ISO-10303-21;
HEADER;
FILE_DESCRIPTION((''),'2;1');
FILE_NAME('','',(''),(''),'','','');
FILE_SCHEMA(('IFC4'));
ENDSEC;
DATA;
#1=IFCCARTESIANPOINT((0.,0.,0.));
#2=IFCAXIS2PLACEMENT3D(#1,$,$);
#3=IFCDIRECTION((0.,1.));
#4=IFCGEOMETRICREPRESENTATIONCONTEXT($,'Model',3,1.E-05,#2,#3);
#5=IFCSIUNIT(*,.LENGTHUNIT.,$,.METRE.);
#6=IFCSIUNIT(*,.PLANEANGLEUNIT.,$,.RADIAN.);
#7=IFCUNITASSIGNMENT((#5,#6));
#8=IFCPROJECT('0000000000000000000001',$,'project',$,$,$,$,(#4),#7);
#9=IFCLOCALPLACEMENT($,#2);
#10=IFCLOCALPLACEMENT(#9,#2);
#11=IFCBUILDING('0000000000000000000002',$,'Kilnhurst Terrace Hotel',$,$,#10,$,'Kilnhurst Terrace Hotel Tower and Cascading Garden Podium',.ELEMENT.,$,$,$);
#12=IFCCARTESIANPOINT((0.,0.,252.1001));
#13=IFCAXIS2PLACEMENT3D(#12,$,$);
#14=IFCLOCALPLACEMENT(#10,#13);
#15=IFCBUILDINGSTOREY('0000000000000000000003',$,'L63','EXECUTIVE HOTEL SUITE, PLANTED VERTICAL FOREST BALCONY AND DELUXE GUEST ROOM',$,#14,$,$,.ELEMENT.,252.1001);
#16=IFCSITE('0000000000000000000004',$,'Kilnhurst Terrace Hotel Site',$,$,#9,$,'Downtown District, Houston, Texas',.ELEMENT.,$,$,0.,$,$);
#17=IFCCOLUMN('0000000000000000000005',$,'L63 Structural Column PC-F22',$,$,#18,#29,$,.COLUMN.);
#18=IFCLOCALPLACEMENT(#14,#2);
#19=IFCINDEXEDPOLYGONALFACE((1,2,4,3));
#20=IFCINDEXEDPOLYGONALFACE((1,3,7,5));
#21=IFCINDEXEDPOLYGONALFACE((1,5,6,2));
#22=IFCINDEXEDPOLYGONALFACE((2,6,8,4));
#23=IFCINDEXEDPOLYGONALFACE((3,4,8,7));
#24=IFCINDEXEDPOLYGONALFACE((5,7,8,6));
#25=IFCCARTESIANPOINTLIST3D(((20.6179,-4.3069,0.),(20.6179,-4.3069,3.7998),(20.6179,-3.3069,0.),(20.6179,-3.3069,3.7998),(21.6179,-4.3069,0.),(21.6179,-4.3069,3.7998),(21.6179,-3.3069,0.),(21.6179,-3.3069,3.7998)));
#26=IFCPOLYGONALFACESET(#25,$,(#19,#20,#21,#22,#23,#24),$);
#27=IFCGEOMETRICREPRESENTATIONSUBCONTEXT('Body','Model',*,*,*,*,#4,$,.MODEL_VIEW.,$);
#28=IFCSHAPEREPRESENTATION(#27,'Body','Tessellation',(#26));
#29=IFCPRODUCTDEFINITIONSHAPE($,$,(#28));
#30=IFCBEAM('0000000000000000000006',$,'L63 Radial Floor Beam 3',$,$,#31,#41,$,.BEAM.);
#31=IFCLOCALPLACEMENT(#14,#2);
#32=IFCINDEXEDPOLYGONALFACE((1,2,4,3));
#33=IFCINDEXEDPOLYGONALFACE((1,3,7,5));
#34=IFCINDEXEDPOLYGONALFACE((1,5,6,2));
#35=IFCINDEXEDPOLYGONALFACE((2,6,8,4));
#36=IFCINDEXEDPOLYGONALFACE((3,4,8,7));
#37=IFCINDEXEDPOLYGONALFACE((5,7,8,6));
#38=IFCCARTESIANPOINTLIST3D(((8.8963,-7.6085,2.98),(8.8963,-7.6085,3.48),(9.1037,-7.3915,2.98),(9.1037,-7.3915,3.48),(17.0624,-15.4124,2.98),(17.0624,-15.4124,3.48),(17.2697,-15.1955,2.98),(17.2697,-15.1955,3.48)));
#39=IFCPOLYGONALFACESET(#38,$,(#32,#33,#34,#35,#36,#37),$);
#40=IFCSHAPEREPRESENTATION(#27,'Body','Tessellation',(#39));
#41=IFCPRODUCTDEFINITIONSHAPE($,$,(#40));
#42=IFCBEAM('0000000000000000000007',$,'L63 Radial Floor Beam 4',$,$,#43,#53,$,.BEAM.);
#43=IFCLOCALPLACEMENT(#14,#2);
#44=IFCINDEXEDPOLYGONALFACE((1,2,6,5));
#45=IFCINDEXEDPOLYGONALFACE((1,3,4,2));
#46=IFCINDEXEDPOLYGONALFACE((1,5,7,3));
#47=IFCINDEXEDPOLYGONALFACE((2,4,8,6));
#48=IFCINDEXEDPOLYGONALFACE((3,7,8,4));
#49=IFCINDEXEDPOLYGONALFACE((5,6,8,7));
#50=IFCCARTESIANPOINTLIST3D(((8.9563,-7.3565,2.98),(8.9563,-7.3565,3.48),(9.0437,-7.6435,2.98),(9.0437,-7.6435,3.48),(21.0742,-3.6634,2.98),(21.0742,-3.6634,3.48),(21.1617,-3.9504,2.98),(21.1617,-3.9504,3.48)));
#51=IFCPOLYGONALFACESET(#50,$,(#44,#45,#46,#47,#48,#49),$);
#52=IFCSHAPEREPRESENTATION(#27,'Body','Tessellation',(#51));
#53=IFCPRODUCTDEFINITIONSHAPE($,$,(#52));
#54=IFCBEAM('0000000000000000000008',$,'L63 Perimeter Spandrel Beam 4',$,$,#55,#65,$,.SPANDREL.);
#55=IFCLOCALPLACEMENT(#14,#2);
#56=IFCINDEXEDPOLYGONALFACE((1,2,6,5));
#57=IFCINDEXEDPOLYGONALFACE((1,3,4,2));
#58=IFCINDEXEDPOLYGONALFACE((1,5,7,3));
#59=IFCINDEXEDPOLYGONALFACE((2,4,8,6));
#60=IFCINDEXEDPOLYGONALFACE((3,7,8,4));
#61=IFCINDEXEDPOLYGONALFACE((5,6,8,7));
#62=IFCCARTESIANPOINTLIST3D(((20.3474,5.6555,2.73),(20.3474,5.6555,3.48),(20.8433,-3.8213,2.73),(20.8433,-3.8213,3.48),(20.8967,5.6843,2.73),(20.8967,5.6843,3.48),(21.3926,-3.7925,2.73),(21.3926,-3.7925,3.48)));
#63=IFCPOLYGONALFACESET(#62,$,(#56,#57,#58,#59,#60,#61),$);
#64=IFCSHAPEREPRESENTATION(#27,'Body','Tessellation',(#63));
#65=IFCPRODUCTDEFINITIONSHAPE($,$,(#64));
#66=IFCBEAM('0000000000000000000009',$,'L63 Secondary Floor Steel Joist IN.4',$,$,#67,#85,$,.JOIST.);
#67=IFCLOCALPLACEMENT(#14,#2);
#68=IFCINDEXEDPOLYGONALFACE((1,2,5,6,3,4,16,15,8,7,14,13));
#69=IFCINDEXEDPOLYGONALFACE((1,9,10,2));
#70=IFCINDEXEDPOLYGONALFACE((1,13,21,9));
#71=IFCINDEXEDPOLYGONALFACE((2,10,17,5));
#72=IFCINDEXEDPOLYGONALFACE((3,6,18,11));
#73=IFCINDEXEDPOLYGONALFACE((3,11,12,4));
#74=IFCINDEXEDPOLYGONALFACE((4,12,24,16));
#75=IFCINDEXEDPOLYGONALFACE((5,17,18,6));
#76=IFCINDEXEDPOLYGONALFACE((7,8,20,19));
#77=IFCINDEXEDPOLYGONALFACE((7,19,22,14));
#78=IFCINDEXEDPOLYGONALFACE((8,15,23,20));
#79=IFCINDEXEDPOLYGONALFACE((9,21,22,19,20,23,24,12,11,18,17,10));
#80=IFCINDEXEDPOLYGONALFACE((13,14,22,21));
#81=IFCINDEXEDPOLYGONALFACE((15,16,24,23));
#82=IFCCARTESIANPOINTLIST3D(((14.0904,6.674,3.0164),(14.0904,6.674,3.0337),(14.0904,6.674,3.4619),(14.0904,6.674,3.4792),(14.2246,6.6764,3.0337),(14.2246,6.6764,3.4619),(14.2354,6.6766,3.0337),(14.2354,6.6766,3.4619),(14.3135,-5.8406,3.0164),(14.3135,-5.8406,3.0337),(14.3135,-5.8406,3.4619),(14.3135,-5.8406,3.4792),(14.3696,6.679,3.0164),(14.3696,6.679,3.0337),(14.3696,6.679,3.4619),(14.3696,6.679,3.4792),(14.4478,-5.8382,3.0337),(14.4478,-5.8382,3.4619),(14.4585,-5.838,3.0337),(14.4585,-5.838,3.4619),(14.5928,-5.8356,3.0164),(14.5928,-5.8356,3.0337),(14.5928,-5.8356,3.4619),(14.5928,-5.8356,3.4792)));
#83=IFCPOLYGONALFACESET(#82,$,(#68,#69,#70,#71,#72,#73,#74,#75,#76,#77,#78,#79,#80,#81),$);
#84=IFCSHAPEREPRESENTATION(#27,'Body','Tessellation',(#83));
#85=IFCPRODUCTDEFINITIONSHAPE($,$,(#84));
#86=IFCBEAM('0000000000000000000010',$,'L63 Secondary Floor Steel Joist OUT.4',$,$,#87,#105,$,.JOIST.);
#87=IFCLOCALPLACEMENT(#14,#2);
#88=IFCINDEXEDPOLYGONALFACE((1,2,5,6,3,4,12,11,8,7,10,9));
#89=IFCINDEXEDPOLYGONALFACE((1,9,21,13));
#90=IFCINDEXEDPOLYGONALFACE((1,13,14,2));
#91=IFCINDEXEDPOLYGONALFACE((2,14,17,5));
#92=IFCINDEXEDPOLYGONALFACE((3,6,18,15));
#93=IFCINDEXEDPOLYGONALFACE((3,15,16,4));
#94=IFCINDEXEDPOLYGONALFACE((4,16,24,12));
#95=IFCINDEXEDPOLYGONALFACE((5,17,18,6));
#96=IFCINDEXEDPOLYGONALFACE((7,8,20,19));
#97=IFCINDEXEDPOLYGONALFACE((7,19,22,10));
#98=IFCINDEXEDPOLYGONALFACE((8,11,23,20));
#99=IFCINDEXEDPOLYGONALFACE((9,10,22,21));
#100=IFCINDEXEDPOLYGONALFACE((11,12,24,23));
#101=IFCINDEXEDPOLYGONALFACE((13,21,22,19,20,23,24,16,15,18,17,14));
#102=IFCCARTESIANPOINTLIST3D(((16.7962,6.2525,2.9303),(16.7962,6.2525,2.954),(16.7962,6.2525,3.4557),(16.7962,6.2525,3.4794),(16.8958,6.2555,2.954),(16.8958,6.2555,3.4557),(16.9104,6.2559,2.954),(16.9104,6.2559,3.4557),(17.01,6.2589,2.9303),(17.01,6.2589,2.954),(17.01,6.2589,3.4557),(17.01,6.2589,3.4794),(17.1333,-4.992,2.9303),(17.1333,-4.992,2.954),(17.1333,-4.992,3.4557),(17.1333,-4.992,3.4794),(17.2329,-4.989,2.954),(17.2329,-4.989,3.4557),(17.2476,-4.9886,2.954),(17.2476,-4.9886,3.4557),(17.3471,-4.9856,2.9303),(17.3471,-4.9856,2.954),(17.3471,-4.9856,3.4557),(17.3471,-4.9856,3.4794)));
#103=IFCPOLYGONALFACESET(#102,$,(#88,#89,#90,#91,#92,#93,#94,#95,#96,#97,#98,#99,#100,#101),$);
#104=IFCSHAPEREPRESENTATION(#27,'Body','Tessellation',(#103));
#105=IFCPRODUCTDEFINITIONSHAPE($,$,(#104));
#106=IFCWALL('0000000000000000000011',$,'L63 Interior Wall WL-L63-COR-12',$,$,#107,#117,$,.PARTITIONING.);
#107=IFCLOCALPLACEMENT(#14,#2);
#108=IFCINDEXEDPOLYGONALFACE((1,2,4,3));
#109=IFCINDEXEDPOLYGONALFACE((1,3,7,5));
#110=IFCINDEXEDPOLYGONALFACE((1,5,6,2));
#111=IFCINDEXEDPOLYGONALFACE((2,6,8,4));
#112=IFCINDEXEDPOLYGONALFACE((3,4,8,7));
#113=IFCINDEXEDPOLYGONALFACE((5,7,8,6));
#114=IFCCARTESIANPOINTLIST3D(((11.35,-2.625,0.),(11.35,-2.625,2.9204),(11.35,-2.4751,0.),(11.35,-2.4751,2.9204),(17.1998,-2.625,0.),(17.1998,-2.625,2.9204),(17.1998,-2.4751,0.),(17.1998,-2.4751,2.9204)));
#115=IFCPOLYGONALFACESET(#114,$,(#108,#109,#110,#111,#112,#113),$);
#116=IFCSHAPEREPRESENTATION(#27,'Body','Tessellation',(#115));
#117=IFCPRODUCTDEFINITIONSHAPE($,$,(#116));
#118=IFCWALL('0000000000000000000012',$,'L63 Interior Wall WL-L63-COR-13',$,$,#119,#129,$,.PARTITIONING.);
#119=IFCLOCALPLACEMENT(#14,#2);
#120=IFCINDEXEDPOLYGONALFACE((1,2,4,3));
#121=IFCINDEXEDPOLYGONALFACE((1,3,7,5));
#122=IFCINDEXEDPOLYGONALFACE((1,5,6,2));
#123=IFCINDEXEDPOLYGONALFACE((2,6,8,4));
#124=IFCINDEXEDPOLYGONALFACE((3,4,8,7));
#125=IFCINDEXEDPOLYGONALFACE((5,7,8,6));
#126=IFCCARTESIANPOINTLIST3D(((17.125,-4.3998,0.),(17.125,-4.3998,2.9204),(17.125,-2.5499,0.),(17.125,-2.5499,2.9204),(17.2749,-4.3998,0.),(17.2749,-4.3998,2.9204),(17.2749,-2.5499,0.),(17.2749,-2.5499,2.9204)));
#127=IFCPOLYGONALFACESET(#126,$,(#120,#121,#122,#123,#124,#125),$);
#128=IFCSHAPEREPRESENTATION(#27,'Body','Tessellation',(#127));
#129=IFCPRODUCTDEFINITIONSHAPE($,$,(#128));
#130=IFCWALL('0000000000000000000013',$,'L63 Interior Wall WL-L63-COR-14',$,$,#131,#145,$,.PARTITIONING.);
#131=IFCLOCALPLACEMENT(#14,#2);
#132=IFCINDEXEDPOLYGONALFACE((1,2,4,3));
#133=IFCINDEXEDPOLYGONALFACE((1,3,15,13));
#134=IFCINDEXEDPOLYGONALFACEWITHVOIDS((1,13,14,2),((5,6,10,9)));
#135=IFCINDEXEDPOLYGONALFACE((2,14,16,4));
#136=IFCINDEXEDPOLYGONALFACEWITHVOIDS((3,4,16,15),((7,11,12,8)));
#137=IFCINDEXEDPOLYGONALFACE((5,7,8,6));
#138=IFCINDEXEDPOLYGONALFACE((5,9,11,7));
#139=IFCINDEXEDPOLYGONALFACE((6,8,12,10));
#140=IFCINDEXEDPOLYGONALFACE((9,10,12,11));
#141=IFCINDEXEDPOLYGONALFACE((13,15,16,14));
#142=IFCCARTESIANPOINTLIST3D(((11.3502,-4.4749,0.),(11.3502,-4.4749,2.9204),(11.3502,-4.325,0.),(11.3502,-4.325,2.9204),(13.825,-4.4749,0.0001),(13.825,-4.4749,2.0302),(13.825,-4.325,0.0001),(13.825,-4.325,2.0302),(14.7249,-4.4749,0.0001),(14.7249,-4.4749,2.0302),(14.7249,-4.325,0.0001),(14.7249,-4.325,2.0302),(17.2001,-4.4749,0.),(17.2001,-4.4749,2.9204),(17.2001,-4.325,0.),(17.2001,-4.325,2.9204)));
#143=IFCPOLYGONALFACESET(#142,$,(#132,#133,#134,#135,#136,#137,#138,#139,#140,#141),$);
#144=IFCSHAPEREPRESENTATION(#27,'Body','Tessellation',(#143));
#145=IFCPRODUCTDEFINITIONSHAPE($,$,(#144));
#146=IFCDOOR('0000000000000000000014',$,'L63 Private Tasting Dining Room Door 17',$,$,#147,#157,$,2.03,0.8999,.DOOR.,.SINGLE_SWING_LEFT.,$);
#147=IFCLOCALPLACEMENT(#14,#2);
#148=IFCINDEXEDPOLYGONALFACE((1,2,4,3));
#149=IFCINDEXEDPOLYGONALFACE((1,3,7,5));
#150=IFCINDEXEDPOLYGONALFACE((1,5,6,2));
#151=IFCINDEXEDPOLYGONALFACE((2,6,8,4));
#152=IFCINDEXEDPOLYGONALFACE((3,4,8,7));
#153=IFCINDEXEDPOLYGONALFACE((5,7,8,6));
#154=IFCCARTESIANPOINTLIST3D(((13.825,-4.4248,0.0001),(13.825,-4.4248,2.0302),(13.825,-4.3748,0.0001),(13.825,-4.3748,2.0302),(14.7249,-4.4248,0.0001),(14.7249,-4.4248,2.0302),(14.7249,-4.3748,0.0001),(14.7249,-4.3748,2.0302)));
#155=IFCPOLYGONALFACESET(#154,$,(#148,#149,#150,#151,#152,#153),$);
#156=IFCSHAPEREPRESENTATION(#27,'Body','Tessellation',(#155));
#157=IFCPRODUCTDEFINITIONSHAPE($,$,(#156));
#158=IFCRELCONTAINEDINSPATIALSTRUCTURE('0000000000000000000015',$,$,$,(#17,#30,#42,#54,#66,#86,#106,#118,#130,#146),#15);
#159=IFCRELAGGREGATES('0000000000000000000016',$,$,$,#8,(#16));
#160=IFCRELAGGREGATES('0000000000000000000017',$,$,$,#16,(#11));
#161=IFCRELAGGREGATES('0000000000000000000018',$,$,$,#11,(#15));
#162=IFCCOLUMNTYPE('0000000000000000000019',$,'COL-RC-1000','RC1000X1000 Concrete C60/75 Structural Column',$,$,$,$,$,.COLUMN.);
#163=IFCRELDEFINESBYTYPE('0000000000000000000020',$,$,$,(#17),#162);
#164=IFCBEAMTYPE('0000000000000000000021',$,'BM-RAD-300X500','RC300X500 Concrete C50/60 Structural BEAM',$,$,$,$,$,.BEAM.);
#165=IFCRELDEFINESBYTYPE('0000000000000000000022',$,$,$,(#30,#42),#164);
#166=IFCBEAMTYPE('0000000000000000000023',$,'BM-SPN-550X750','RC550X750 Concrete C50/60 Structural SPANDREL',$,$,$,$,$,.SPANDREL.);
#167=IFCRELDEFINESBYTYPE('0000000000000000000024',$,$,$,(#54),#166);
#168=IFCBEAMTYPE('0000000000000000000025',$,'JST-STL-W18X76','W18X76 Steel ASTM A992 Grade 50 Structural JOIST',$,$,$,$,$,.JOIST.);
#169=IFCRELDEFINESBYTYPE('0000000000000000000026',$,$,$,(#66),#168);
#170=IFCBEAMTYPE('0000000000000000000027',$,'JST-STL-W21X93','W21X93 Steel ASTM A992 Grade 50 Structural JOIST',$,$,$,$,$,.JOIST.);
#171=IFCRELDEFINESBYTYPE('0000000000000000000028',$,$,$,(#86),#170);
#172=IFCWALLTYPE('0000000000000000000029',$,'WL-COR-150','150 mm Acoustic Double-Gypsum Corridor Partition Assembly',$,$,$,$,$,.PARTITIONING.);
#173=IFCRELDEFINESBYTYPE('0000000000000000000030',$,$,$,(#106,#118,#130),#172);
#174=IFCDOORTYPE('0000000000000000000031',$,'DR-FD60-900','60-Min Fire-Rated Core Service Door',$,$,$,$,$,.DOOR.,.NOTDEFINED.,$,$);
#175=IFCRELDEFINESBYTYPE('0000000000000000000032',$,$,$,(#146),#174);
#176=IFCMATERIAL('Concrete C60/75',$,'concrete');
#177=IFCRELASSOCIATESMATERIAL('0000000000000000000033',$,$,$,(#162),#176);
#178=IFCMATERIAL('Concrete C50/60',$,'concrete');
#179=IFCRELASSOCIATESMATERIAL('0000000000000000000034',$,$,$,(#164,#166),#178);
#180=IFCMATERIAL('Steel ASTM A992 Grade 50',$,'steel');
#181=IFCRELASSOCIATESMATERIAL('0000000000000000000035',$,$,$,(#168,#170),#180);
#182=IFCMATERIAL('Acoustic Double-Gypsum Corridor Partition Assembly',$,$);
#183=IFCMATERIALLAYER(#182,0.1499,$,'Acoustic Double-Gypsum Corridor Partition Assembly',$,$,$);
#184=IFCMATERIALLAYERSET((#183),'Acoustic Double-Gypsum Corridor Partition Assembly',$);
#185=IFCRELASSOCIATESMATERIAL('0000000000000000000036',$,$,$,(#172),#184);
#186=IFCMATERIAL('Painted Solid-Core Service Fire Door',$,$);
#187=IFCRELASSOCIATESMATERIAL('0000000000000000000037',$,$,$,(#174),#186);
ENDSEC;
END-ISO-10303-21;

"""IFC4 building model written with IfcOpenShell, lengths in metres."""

from ifc_helpers import new_model, si_unit, direction, frame, frame_2d, origin, origin_2d, place, context, subcontext, project, spatial, rectangle, i_section, extrude, material, layer, layer_set, material_profile, profile_set, type_object, element, fill, save


model = new_model("IFC4")

# Units and contexts
model_context = context("Model", 3, precision=1e-05, world=origin(), true_north=direction((0.0, 1.0)))
body_context = subcontext(model_context, "Body", "Model", "MODEL_VIEW")
ifc_project = project(units=[si_unit("LENGTHUNIT", "METRE"), si_unit("PLANEANGLEUNIT", "RADIAN")], contexts=[model_context])

# Site, building, storey
site_placement = place(None, origin())
site = spatial("IfcSite", under=ifc_project, at=site_placement, Name="Kilnhurst Terrace Hotel Site", LongName="Downtown District, Houston, Texas", CompositionType="ELEMENT", RefElevation=0.0)
building_placement = place(site_placement, origin())
building = spatial("IfcBuilding", under=site, at=building_placement, Name="Kilnhurst Terrace Hotel", LongName="Kilnhurst Terrace Hotel Tower and Cascading Garden Podium", CompositionType="ELEMENT")
storey_placement = place(building_placement, frame((0.0, 0.0, 252.1001)))
storey = spatial("IfcBuildingStorey", under=building, at=storey_placement, Name="L63", Description="EXECUTIVE HOTEL SUITE, PLANTED VERTICAL FOREST BALCONY AND DELUXE GUEST ROOM", CompositionType="ELEMENT", Elevation=252.1001)

# Column
ifc_material_1 = material(Name="Concrete C60/75", Category="concrete")
ifc_material_profile_1 = material_profile(ifc_material_1, rectangle(XDim=1.0, YDim=1.0, at=origin_2d()), Name="RC1000X1000")
ifc_profile_set_1 = profile_set([ifc_material_profile_1], Name="Concrete C60/75")
column_type = type_object("IfcColumnType", Name="COL-RC-1000", Description="RC1000X1000 Concrete C60/75 Structural Column", PredefinedType="COLUMN", material=ifc_profile_set_1)
column_placement = place(storey_placement, frame((21.1179, -3.8069, 0.0), z_axis=(0.0, 0.0, 1.0), x_axis=(1.0, 0.0, 0.0)))
element("IfcColumn", 1, at=column_placement, inside=storey, type_object=column_type, Name="L63 Structural Column PC-F22", PredefinedType="COLUMN", context=body_context, shape_type="SweptSolid", body=[
    extrude(rectangle(XDim=1.0, YDim=1.0, at=origin_2d()), origin(), (0.0, 0.0, 1.0), 3.7998),
])

# Beams
ifc_material_2 = material(Name="Concrete C50/60", Category="concrete")
ifc_material_profile_2 = material_profile(ifc_material_2, rectangle(XDim=0.3, YDim=0.5, at=origin_2d()), Name="RC300X500")
ifc_profile_set_2 = profile_set([ifc_material_profile_2], Name="Concrete C50/60")
beam_type_1 = type_object("IfcBeamType", Name="BM-RAD-300X500", Description="RC300X500 Concrete C50/60 Structural BEAM", PredefinedType="BEAM", material=ifc_profile_set_2)
beam_1_placement = place(storey_placement, frame((9.0, -7.5, 3.23), z_axis=(0.722952, -0.690898, 0.0), x_axis=(0.690898, 0.722952, 0.0)))
element("IfcBeam", 2, at=beam_1_placement, inside=storey, type_object=beam_type_1, Name="L63 Radial Floor Beam 3", PredefinedType="BEAM", context=body_context, shape_type="SweptSolid", body=[
    extrude(rectangle(XDim=0.3, YDim=0.5, at=origin_2d()), origin(), (0.0, 0.0, 1.0), 11.2954),
])
beam_2_placement = place(storey_placement, frame((9.0, -7.5, 3.23), z_axis=(0.956563, 0.291527, 0.0), x_axis=(-0.291527, 0.956563, 0.0)))
element("IfcBeam", 3, at=beam_2_placement, inside=storey, type_object=beam_type_1, Name="L63 Radial Floor Beam 4", PredefinedType="BEAM", context=body_context, shape_type="SweptSolid", body=[
    extrude(rectangle(XDim=0.3, YDim=0.5, at=origin_2d()), origin(), (0.0, 0.0, 1.0), 12.6682),
])
ifc_material_profile_3 = material_profile(ifc_material_2, rectangle(XDim=0.55, YDim=0.75, at=origin_2d()), Name="RC550X750")
ifc_profile_set_3 = profile_set([ifc_material_profile_3], Name="Concrete C50/60")
beam_type_2 = type_object("IfcBeamType", Name="BM-SPN-550X750", Description="RC550X750 Concrete C50/60 Structural SPANDREL", PredefinedType="SPANDREL", material=ifc_profile_set_3)
beam_3_placement = place(storey_placement, frame((21.1179, -3.8069, 3.105), z_axis=(-0.052251, 0.998634, 0.0), x_axis=(-0.998634, -0.052251, 0.0)))
element("IfcBeam", 4, at=beam_3_placement, inside=storey, type_object=beam_type_2, Name="L63 Perimeter Spandrel Beam 4", PredefinedType="SPANDREL", context=body_context, shape_type="SweptSolid", body=[
    extrude(rectangle(XDim=0.55, YDim=0.75, at=origin_2d()), origin(), (0.0, 0.0, 1.0), 9.4897),
])
ifc_material_3 = material(Name="Steel ASTM A992 Grade 50", Category="steel")
ifc_material_profile_4 = material_profile(ifc_material_3, i_section(OverallWidth=0.2793, OverallDepth=0.4629, WebThickness=0.0107, FlangeThickness=0.0173, at=origin_2d()), Name="W18X76")
ifc_profile_set_4 = profile_set([ifc_material_profile_4], Name="Steel ASTM A992 Grade 50")
beam_type_3 = type_object("IfcBeamType", Name="JST-STL-W18X76", Description="W18X76 Steel ASTM A992 Grade 50 Structural JOIST", PredefinedType="JOIST", material=ifc_profile_set_4)
beam_4_placement = place(storey_placement, frame((14.4531, -5.8381, 3.2478), z_axis=(-0.017828, 0.999841, 0.0), x_axis=(-0.999841, -0.017828, 0.0)))
element("IfcBeam", 5, at=beam_4_placement, inside=storey, type_object=beam_type_3, Name="L63 Secondary Floor Steel Joist IN.4", PredefinedType="JOIST", context=body_context, shape_type="SweptSolid", body=[
    extrude(i_section(OverallWidth=0.2793, OverallDepth=0.4629, WebThickness=0.0107, FlangeThickness=0.0173, at=origin_2d()), origin(), (0.0, 0.0, 1.0), 12.5166),
])
ifc_material_profile_5 = material_profile(ifc_material_3, i_section(OverallWidth=0.2139, OverallDepth=0.5491, WebThickness=0.0146, FlangeThickness=0.0237, at=origin_2d()), Name="W21X93")
ifc_profile_set_5 = profile_set([ifc_material_profile_5], Name="Steel ASTM A992 Grade 50")
beam_type_4 = type_object("IfcBeamType", Name="JST-STL-W21X93", Description="W21X93 Steel ASTM A992 Grade 50 Structural JOIST", PredefinedType="JOIST", material=ifc_profile_set_5)
beam_5_placement = place(storey_placement, frame((17.2402, -4.9888, 3.2048), z_axis=(-0.029971, 0.999551, 0.0), x_axis=(-0.999551, -0.029971, 0.0)))
element("IfcBeam", 6, at=beam_5_placement, inside=storey, type_object=beam_type_4, Name="L63 Secondary Floor Steel Joist OUT.4", PredefinedType="JOIST", context=body_context, shape_type="SweptSolid", body=[
    extrude(i_section(OverallWidth=0.2139, OverallDepth=0.5491, WebThickness=0.0146, FlangeThickness=0.0237, at=origin_2d()), origin(), (0.0, 0.0, 1.0), 11.2495),
])

# Walls
ifc_material_4 = material(Name="Acoustic Double-Gypsum Corridor Partition Assembly")
ifc_layer_1 = layer(ifc_material_4, 0.1499, Name="Acoustic Double-Gypsum Corridor Partition Assembly")
ifc_layer_set_1 = layer_set([ifc_layer_1], Name="Acoustic Double-Gypsum Corridor Partition Assembly")
wall_type_1 = type_object("IfcWallType", Name="WL-COR-150", Description="150 mm Acoustic Double-Gypsum Corridor Partition Assembly", PredefinedType="PARTITIONING", material=ifc_layer_set_1)
wall_1_placement = place(storey_placement, frame((11.3501, -2.55, 0.0), z_axis=(0.0, 0.0, 1.0), x_axis=(1.0, 0.0, 0.0)))
element("IfcWall", 7, at=wall_1_placement, inside=storey, type_object=wall_type_1, Name="L63 Interior Wall WL-L63-COR-12", PredefinedType="PARTITIONING", context=body_context, shape_type="SweptSolid", body=[
    extrude(rectangle(XDim=5.8499, YDim=0.1499, at=frame_2d((2.9248, 0.0))), origin(), (0.0, 0.0, 1.0), 2.9204),
])
wall_2_placement = place(storey_placement, frame((17.2, -2.55, 0.0), z_axis=(0.0, 0.0, 1.0), x_axis=(0.0, -1.0, 0.0)))
element("IfcWall", 8, at=wall_2_placement, inside=storey, type_object=wall_type_1, Name="L63 Interior Wall WL-L63-COR-13", PredefinedType="PARTITIONING", context=body_context, shape_type="SweptSolid", body=[
    extrude(rectangle(XDim=1.8499, YDim=0.1499, at=frame_2d((0.9248, 0.0))), origin(), (0.0, 0.0, 1.0), 2.9204),
])

# Wall, opening, door
wall_3_placement = place(storey_placement, frame((17.2, -4.3999, 0.0), z_axis=(0.0, 0.0, 1.0), x_axis=(-1.0, 0.0, 0.0)))
wall_3 = element("IfcWall", 9, at=wall_3_placement, inside=storey, type_object=wall_type_1, Name="L63 Interior Wall WL-L63-COR-14", PredefinedType="PARTITIONING", context=body_context, shape_type="SweptSolid", body=[
    extrude(rectangle(XDim=5.8499, YDim=0.1499, at=frame_2d((2.9248, 0.0))), origin(), (0.0, 0.0, 1.0), 2.9204),
])
opening_1_placement = place(wall_3_placement, frame((2.4751, 0.0, 0.0)))
opening_1 = element("IfcOpeningElement", 10, at=opening_1_placement, cuts=wall_3, PredefinedType="OPENING", context=body_context, shape_type="SweptSolid", body=[
    extrude(rectangle(XDim=0.8999, YDim=2.03, at=frame_2d((0.45, 1.0151))), frame((0.0, 0.085, 0.0), z_axis=(0.0, -1.0, 0.0), x_axis=(1.0, 0.0, 0.0)), (0.0, 0.0, 1.0), 0.1699),
])
ifc_material_5 = material(Name="Painted Solid-Core Service Fire Door")
door_type_1 = type_object("IfcDoorType", Name="DR-FD60-900", Description="60-Min Fire-Rated Core Service Door", OperationType="NOTDEFINED", PredefinedType="DOOR", material=ifc_material_5)
door_1_placement = place(opening_1_placement, origin())
door_1 = element("IfcDoor", 11, at=door_1_placement, inside=storey, type_object=door_type_1, Name="L63 Private Tasting Dining Room Door 17", OperationType="SINGLE_SWING_LEFT", OverallHeight=2.03, OverallWidth=0.8999, PredefinedType="DOOR", context=body_context, shape_type="SweptSolid", body=[
    extrude(rectangle(XDim=0.8999, YDim=2.03, at=frame_2d((0.45, 1.0151))), frame((0.0, 0.0249, 0.0), z_axis=(0.0, -1.0, 0.0), x_axis=(1.0, 0.0, 0.0)), (0.0, 0.0, 1.0), 0.05),
])
fill(opening_1, door_1)

save(model, "model.ifc")
